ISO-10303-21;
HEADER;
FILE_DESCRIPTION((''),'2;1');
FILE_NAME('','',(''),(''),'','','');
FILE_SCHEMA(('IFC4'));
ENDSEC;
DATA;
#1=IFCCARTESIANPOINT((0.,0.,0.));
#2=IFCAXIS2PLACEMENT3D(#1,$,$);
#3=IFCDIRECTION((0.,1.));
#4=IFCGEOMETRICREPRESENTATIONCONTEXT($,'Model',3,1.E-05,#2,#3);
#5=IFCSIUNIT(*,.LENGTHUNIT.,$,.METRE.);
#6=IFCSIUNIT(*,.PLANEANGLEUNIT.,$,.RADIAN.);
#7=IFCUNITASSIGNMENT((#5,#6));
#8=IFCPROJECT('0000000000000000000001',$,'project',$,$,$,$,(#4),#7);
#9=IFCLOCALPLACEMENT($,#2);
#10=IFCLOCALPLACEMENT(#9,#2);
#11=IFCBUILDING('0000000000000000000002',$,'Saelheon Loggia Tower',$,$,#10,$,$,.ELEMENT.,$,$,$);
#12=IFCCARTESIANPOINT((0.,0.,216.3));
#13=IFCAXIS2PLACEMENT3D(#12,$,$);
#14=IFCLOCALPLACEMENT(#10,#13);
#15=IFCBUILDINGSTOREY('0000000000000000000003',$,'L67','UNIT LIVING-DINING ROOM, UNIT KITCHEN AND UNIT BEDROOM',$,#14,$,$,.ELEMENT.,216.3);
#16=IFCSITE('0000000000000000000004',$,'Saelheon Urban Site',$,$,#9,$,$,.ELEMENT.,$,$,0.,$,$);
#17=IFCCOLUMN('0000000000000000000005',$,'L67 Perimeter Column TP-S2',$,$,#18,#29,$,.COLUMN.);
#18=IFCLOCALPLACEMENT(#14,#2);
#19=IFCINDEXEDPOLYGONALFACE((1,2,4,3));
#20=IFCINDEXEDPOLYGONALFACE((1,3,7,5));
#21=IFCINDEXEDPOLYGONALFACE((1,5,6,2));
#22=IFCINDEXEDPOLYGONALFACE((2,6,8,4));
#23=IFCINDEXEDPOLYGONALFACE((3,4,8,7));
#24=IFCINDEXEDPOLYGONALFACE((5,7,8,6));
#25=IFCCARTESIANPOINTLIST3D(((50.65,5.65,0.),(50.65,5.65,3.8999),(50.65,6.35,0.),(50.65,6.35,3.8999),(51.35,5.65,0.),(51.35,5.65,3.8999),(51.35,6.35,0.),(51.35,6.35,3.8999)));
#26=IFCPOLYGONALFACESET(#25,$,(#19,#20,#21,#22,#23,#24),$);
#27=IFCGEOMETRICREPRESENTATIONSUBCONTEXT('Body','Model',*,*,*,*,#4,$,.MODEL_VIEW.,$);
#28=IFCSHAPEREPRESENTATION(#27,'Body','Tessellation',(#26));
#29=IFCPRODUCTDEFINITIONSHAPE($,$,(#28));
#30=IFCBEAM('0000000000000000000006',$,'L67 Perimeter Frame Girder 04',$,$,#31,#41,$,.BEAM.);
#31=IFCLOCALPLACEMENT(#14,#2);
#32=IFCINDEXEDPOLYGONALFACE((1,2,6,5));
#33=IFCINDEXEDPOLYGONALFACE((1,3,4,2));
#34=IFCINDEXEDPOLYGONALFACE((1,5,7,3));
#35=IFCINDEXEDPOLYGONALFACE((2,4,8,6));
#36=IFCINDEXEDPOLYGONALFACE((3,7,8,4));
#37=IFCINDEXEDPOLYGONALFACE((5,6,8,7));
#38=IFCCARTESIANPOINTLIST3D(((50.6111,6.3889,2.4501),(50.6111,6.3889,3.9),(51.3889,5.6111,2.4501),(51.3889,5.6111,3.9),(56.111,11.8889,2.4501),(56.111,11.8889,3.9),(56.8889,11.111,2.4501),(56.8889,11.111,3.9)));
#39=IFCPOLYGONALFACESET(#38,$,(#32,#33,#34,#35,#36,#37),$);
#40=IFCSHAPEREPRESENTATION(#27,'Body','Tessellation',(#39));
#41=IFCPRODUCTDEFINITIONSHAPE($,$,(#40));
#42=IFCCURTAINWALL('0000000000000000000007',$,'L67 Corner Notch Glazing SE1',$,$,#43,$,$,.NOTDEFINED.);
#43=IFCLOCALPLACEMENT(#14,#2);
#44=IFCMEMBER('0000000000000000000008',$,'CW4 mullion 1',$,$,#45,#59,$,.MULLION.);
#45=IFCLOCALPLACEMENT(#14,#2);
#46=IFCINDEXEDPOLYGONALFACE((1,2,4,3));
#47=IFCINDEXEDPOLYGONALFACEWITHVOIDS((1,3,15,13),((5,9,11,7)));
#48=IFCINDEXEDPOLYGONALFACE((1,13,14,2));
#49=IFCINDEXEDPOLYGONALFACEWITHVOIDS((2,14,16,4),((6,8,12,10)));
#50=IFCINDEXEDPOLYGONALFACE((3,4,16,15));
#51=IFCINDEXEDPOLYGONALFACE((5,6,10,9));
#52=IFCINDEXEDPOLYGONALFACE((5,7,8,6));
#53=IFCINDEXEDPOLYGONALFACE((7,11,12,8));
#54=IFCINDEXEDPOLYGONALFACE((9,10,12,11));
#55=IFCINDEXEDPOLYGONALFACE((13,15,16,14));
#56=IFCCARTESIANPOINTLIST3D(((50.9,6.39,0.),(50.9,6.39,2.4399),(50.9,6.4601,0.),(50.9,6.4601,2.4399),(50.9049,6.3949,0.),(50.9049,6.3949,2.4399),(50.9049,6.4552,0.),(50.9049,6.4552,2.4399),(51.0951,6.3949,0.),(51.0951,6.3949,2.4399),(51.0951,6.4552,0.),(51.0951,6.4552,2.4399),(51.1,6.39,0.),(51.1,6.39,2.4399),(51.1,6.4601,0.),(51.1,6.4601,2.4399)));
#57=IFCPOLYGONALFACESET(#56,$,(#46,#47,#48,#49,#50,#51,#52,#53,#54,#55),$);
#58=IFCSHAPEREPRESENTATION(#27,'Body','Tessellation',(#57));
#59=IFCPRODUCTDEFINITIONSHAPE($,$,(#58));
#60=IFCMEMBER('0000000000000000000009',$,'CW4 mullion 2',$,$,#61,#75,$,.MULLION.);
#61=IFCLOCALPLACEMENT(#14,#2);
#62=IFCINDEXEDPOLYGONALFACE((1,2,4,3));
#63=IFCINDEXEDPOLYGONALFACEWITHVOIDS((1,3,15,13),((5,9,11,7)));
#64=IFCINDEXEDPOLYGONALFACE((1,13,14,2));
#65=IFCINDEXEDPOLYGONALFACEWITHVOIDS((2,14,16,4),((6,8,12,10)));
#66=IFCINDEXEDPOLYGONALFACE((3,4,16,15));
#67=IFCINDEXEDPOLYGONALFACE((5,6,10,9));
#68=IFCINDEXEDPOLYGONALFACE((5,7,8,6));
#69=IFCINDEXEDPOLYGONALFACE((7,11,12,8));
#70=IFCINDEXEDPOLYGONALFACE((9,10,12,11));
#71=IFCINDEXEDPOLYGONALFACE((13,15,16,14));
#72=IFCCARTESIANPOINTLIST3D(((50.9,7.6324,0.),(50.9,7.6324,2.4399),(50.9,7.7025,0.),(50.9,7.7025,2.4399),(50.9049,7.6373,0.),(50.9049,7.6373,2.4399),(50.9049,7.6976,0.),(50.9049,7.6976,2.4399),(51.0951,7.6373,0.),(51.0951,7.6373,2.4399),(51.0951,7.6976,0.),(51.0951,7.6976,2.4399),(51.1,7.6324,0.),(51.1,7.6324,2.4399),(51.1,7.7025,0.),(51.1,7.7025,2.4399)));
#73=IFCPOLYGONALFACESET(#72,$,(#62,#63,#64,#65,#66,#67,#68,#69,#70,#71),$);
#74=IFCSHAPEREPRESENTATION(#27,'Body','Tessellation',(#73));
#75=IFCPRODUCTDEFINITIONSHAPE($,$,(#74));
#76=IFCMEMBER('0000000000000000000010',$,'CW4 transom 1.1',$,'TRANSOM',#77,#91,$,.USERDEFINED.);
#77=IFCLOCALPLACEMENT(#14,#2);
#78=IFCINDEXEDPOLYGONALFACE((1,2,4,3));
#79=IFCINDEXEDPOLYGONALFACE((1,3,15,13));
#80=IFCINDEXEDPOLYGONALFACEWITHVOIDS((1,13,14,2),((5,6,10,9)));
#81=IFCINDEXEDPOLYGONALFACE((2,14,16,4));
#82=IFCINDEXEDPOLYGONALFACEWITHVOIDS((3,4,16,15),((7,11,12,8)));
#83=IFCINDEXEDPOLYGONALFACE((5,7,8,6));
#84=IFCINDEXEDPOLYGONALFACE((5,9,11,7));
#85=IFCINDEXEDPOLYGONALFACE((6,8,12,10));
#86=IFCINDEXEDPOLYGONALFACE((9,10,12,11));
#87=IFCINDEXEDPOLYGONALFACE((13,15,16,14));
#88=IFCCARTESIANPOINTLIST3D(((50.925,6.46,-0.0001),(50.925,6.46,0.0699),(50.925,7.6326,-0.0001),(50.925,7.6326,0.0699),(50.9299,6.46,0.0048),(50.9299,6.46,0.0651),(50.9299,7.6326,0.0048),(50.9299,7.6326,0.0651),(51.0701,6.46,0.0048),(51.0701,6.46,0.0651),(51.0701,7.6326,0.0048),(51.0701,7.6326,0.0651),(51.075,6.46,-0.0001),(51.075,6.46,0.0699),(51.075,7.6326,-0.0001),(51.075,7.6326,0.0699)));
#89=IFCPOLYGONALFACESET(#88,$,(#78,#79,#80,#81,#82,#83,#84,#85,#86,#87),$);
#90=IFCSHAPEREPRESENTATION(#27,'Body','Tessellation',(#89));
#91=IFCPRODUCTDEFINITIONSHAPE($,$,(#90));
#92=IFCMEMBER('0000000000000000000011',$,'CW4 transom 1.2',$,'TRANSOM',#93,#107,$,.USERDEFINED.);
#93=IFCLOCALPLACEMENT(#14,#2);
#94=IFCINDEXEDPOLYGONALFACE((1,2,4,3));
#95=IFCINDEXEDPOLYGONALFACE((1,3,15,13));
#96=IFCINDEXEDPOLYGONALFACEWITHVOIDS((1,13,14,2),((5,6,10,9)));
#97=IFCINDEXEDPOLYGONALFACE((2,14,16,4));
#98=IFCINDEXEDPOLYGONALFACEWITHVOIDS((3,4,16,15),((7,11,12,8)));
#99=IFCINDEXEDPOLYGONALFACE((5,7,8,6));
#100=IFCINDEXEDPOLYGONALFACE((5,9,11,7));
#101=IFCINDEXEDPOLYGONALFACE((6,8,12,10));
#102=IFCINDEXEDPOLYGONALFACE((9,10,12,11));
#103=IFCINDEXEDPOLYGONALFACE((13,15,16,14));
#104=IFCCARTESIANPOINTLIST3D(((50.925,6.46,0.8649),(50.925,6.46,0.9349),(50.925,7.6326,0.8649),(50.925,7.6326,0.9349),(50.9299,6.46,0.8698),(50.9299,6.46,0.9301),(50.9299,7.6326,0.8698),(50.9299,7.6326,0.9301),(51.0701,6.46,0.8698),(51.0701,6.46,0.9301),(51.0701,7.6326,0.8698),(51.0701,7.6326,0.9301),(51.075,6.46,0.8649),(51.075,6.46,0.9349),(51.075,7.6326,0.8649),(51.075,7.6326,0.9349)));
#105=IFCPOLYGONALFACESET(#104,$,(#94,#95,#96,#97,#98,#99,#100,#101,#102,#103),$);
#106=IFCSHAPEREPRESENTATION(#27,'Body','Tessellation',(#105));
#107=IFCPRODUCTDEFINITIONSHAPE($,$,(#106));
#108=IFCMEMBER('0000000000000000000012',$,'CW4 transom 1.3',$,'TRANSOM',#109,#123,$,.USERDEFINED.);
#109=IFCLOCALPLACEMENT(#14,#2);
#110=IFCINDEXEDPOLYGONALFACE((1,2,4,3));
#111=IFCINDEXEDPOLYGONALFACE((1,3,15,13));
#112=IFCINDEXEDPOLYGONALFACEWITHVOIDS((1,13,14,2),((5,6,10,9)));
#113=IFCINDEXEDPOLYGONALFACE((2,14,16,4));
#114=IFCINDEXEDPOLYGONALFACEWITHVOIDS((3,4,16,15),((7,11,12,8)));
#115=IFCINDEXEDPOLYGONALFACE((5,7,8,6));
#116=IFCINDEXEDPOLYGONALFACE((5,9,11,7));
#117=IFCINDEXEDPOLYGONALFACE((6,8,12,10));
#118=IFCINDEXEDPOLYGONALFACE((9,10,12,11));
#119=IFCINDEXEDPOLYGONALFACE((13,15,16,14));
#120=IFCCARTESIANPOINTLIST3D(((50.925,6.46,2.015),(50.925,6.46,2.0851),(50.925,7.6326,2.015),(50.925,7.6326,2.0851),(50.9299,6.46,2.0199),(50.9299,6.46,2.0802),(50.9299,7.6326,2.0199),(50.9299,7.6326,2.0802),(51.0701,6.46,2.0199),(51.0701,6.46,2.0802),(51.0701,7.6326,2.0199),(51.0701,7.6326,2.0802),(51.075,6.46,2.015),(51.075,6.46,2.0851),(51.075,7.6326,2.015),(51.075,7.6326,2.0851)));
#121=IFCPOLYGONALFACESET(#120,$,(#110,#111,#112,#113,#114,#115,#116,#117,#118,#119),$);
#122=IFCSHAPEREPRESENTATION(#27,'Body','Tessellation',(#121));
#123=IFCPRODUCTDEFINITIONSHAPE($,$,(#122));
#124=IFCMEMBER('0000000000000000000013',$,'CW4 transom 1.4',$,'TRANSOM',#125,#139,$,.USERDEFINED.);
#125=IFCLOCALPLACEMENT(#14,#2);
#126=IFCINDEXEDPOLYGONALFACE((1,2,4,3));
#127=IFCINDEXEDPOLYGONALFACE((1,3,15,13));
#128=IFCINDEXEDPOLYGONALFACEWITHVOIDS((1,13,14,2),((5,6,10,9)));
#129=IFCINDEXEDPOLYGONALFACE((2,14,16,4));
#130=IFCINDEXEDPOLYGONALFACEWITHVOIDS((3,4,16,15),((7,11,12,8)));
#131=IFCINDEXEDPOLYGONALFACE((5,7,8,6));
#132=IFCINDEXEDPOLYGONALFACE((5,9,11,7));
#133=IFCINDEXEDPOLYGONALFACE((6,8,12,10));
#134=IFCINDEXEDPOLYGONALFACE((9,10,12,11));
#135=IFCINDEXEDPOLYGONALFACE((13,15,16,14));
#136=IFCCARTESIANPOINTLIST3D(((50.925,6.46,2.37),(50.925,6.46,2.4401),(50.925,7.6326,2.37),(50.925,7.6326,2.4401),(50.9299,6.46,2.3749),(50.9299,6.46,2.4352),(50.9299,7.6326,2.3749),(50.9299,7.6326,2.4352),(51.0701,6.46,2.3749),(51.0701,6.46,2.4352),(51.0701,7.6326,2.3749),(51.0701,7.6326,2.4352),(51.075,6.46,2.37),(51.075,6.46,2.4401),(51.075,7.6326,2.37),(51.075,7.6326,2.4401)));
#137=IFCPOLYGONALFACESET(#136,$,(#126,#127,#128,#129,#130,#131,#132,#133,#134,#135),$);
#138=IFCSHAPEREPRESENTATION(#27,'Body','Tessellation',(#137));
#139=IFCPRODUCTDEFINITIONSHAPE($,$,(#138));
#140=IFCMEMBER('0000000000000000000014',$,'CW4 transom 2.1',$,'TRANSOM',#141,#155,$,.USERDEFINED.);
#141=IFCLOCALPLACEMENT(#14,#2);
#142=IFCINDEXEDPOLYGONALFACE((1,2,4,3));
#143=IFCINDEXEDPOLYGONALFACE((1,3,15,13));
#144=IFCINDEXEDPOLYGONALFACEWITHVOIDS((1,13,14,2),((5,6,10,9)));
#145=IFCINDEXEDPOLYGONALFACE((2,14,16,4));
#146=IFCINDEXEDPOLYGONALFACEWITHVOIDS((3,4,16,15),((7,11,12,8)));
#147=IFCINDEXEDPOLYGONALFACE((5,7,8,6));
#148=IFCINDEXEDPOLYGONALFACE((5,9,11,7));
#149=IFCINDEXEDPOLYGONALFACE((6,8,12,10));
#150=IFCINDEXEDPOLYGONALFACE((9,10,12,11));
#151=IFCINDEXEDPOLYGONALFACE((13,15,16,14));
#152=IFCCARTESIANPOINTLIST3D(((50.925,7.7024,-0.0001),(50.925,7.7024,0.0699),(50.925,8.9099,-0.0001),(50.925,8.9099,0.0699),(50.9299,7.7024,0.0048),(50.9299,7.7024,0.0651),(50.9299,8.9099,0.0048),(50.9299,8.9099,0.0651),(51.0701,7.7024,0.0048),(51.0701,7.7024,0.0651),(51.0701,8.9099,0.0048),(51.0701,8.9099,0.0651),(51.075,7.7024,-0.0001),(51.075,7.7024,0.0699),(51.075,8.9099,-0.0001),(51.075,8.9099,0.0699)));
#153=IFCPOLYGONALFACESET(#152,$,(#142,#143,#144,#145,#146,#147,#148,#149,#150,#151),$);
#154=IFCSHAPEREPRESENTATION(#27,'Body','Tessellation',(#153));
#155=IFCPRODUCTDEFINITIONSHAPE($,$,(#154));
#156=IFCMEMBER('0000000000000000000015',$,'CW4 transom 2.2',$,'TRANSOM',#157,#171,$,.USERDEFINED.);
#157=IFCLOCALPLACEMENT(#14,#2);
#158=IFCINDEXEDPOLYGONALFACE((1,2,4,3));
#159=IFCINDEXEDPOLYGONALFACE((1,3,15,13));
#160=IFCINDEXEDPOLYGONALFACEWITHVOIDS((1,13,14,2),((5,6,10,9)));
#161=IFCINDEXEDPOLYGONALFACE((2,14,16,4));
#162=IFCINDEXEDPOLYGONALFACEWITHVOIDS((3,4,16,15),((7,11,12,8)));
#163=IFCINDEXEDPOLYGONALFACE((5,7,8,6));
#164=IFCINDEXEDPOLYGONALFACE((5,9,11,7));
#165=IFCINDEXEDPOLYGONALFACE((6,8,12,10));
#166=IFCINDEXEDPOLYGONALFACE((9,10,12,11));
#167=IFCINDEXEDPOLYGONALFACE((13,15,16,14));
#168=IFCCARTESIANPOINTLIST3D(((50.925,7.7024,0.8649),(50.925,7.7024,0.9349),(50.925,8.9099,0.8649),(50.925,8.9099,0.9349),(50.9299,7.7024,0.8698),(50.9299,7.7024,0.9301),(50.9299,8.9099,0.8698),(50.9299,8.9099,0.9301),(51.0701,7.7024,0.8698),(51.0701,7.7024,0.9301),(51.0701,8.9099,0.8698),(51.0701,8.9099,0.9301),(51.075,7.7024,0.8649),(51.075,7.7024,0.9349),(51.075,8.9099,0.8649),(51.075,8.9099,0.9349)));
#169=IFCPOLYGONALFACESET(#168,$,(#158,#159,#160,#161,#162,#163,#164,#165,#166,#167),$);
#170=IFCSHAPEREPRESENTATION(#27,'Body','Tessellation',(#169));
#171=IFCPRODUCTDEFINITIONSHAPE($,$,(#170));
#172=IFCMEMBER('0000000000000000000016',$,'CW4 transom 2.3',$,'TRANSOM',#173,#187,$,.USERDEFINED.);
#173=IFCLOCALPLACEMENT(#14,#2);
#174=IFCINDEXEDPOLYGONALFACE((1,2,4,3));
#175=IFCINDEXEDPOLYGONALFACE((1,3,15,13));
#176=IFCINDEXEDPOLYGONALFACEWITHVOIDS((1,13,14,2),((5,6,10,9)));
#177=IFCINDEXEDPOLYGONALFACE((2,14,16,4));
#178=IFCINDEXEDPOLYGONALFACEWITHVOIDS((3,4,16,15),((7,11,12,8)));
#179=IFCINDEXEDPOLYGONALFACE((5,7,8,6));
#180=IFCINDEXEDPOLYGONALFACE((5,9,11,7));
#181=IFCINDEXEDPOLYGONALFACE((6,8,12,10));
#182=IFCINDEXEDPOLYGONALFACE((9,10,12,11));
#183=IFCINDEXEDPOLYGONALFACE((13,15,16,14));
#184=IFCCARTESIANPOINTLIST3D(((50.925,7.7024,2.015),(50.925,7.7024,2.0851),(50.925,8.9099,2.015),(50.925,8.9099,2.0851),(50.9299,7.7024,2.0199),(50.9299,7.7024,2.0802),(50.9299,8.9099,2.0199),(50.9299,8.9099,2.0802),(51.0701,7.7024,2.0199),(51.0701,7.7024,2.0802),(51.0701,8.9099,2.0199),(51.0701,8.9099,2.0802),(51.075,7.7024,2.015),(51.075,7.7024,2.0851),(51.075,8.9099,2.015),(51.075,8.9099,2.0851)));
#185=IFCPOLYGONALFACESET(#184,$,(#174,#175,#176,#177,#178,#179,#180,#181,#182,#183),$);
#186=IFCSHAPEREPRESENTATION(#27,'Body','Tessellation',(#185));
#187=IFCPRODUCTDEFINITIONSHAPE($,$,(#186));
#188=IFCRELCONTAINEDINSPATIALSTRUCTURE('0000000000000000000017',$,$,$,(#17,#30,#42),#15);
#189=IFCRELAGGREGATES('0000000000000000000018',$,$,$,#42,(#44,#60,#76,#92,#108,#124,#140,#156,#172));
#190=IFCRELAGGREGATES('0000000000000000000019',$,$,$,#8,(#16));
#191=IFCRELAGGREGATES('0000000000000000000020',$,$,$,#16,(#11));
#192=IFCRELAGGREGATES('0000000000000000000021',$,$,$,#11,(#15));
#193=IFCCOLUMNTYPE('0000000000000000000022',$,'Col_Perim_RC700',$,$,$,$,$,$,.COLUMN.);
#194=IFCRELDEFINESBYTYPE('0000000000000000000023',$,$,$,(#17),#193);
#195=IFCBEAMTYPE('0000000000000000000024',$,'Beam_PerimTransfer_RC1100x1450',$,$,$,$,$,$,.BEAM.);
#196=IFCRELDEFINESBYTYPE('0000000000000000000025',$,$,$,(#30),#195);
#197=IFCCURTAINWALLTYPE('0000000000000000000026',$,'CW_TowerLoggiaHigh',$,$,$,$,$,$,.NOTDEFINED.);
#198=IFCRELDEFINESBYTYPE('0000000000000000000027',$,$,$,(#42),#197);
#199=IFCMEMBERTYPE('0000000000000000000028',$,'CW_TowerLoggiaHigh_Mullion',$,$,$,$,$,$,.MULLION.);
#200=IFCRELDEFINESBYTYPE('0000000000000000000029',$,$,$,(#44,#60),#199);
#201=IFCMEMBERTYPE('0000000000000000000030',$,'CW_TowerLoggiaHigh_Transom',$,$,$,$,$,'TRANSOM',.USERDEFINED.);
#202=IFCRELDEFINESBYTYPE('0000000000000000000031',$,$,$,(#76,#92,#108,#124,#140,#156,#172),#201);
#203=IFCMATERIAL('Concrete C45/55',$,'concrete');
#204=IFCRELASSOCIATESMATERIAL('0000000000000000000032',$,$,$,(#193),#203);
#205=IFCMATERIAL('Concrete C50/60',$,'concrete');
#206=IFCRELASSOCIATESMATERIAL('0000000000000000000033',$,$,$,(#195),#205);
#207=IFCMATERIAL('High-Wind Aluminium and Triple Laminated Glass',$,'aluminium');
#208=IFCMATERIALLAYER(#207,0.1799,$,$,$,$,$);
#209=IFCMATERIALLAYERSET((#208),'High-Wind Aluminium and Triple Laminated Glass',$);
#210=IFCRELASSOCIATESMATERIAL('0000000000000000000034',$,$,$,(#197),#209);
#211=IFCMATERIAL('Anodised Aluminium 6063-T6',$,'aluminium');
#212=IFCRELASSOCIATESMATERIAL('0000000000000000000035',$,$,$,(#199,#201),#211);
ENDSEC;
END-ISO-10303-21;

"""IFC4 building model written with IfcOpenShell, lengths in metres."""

from ifc_helpers import new_model, si_unit, direction, frame, origin, origin_2d, place, context, subcontext, project, spatial, rectangle, hollow_rectangle, extrude, source, transform, mapped, material, layer, layer_set, material_profile, profile_set, type_object, element, aggregate, save


model = new_model("IFC4")

# Units and contexts
model_context = context("Model", 3, precision=1e-05, world=origin(), true_north=direction((0.0, 1.0)))
body_context = subcontext(model_context, "Body", "Model", "MODEL_VIEW")
ifc_project = project(units=[si_unit("LENGTHUNIT", "METRE"), si_unit("PLANEANGLEUNIT", "RADIAN")], contexts=[model_context])

# Site, building, storey
site_placement = place(None, origin())
site = spatial("IfcSite", under=ifc_project, at=site_placement, Name="Saelheon Urban Site", CompositionType="ELEMENT", RefElevation=0.0)
building_placement = place(site_placement, origin())
building = spatial("IfcBuilding", under=site, at=building_placement, Name="Saelheon Loggia Tower", CompositionType="ELEMENT")
storey_placement = place(building_placement, frame((0.0, 0.0, 216.3)))
storey = spatial("IfcBuildingStorey", under=building, at=storey_placement, Name="L67", Description="UNIT LIVING-DINING ROOM, UNIT KITCHEN AND UNIT BEDROOM", CompositionType="ELEMENT", Elevation=216.3)

# Column
ifc_material_1 = material(Name="Concrete C45/55", Category="concrete")
ifc_material_profile_1 = material_profile(ifc_material_1, rectangle(XDim=0.7, YDim=0.7, at=origin_2d()), Name="RC-700x700")
ifc_profile_set_1 = profile_set([ifc_material_profile_1], Name="Concrete C45/55")
column_type = type_object("IfcColumnType", Name="Col_Perim_RC700", PredefinedType="COLUMN", material=ifc_profile_set_1)
shared_shape_1 = source(origin(), body_context, "Body", "SweptSolid", [
    extrude(rectangle(XDim=0.7, YDim=0.7, at=origin_2d()), origin(), (0.0, 0.0, 1.0), 3.8999),
])
column_placement = place(storey_placement, frame((51.0, 6.0, 0.0), z_axis=(0.0, 0.0, 1.0), x_axis=(1.0, 0.0, 0.0)))
element("IfcColumn", 1, at=column_placement, inside=storey, type_object=column_type, Name="L67 Perimeter Column TP-S2", PredefinedType="COLUMN", context=body_context, shape_type="MappedRepresentation", body=[
    mapped(shared_shape_1, transform((0.0, 0.0, 0.0), scale=1.0)),
])

# Beam
ifc_material_2 = material(Name="Concrete C50/60", Category="concrete")
ifc_material_profile_2 = material_profile(ifc_material_2, rectangle(XDim=1.1001, YDim=1.45, at=origin_2d()), Name="RC-1100x1450")
ifc_profile_set_2 = profile_set([ifc_material_profile_2], Name="Concrete C50/60")
beam_type = type_object("IfcBeamType", Name="Beam_PerimTransfer_RC1100x1450", PredefinedType="BEAM", material=ifc_profile_set_2)
shared_shape_2 = source(origin(), body_context, "Body", "SweptSolid", [
    extrude(rectangle(XDim=1.1001, YDim=1.45, at=origin_2d()), origin(), (0.0, 0.0, 1.0), 7.7781),
])
beam_placement = place(storey_placement, frame((51.0, 6.0, 3.175), z_axis=(0.707107, 0.707107, 0.0), x_axis=(-0.707107, 0.707107, 0.0)))
element("IfcBeam", 2, at=beam_placement, inside=storey, type_object=beam_type, Name="L67 Perimeter Frame Girder 04", PredefinedType="BEAM", context=body_context, shape_type="MappedRepresentation", body=[
    mapped(shared_shape_2, transform((0.0, 0.0, 0.0), scale=1.0)),
])

# Curtain wall, members
ifc_material_3 = material(Name="High-Wind Aluminium and Triple Laminated Glass", Category="aluminium")
ifc_layer_1 = layer(ifc_material_3, 0.1799)
ifc_layer_set_1 = layer_set([ifc_layer_1], Name="High-Wind Aluminium and Triple Laminated Glass")
curtain_wall_type = type_object("IfcCurtainWallType", Name="CW_TowerLoggiaHigh", PredefinedType="NOTDEFINED", material=ifc_layer_set_1)
curtain_wall_placement = place(storey_placement, origin())
curtain_wall = element("IfcCurtainWall", 3, at=curtain_wall_placement, inside=storey, type_object=curtain_wall_type, Name="L67 Corner Notch Glazing SE1", PredefinedType="NOTDEFINED")
ifc_material_4 = material(Name="Anodised Aluminium 6063-T6", Category="aluminium")
ifc_material_profile_3 = material_profile(ifc_material_4, hollow_rectangle(XDim=0.0701, YDim=0.2, WallThickness=0.0049, at=origin_2d()), Name="RHS-200x70x5")
ifc_profile_set_3 = profile_set([ifc_material_profile_3], Name="Anodised Aluminium 6063-T6")
member_type_1 = type_object("IfcMemberType", Name="CW_TowerLoggiaHigh_Mullion", PredefinedType="MULLION", material=ifc_profile_set_3)
shared_shape_3 = source(origin(), body_context, "Body", "SweptSolid", [
    extrude(hollow_rectangle(XDim=0.0701, YDim=0.2, WallThickness=0.0049, at=origin_2d()), origin(), (0.0, 0.0, 1.0), 2.4399),
])
member_1_placement = place(storey_placement, frame((51.0, 6.425, 0.0), z_axis=(0.0, 0.0, 1.0), x_axis=(0.0, 1.0, 0.0)))
member_1 = element("IfcMember", 4, at=member_1_placement, type_object=member_type_1, Name="CW4 mullion 1", PredefinedType="MULLION", context=body_context, shape_type="MappedRepresentation", body=[
    mapped(shared_shape_3, transform((0.0, 0.0, 0.0), scale=1.0)),
])
member_2_placement = place(storey_placement, frame((51.0, 7.6675, 0.0), z_axis=(0.0, 0.0, 1.0), x_axis=(0.0, 1.0, 0.0)))
member_2 = element("IfcMember", 5, at=member_2_placement, type_object=member_type_1, Name="CW4 mullion 2", PredefinedType="MULLION", context=body_context, shape_type="MappedRepresentation", body=[
    mapped(shared_shape_3, transform((0.0, 0.0, 0.0), scale=1.0)),
])
ifc_material_profile_4 = material_profile(ifc_material_4, hollow_rectangle(XDim=0.0701, YDim=0.1499, WallThickness=0.0049, at=origin_2d()), Name="RHS-150x70x5")
ifc_profile_set_4 = profile_set([ifc_material_profile_4], Name="Anodised Aluminium 6063-T6")
member_type_2 = type_object("IfcMemberType", Name="CW_TowerLoggiaHigh_Transom", ElementType="TRANSOM", PredefinedType="USERDEFINED", material=ifc_profile_set_4)
shared_shape_4 = source(origin(), body_context, "Body", "SweptSolid", [
    extrude(hollow_rectangle(XDim=0.0701, YDim=0.1499, WallThickness=0.0049, at=origin_2d()), origin(), (0.0, 0.0, 1.0), 1.1726),
])
member_3_placement = place(storey_placement, frame((51.0, 6.46, 0.0349), z_axis=(0.0, 1.0, 0.0), x_axis=(0.0, 0.0, 1.0)))
member_3 = element("IfcMember", 6, at=member_3_placement, type_object=member_type_2, Name="CW4 transom 1.1", ObjectType="TRANSOM", PredefinedType="USERDEFINED", context=body_context, shape_type="MappedRepresentation", body=[
    mapped(shared_shape_4, transform((0.0, 0.0, 0.0), scale=1.0)),
])
member_4_placement = place(storey_placement, frame((51.0, 6.46, 0.8999), z_axis=(0.0, 1.0, 0.0), x_axis=(0.0, 0.0, 1.0)))
member_4 = element("IfcMember", 7, at=member_4_placement, type_object=member_type_2, Name="CW4 transom 1.2", ObjectType="TRANSOM", PredefinedType="USERDEFINED", context=body_context, shape_type="MappedRepresentation", body=[
    mapped(shared_shape_4, transform((0.0, 0.0, 0.0), scale=1.0)),
])
member_5_placement = place(storey_placement, frame((51.0, 6.46, 2.05), z_axis=(0.0, 1.0, 0.0), x_axis=(0.0, 0.0, 1.0)))
member_5 = element("IfcMember", 8, at=member_5_placement, type_object=member_type_2, Name="CW4 transom 1.3", ObjectType="TRANSOM", PredefinedType="USERDEFINED", context=body_context, shape_type="MappedRepresentation", body=[
    mapped(shared_shape_4, transform((0.0, 0.0, 0.0), scale=1.0)),
])
member_6_placement = place(storey_placement, frame((51.0, 6.46, 2.405), z_axis=(0.0, 1.0, 0.0), x_axis=(0.0, 0.0, 1.0)))
member_6 = element("IfcMember", 9, at=member_6_placement, type_object=member_type_2, Name="CW4 transom 1.4", ObjectType="TRANSOM", PredefinedType="USERDEFINED", context=body_context, shape_type="MappedRepresentation", body=[
    mapped(shared_shape_4, transform((0.0, 0.0, 0.0), scale=1.0)),
])
shared_shape_5 = source(origin(), body_context, "Body", "SweptSolid", [
    extrude(hollow_rectangle(XDim=0.0701, YDim=0.1499, WallThickness=0.0049, at=origin_2d()), origin(), (0.0, 0.0, 1.0), 1.2075),
])
member_7_placement = place(storey_placement, frame((51.0, 7.7024, 0.0349), z_axis=(0.0, 1.0, 0.0), x_axis=(0.0, 0.0, 1.0)))
member_7 = element("IfcMember", 10, at=member_7_placement, type_object=member_type_2, Name="CW4 transom 2.1", ObjectType="TRANSOM", PredefinedType="USERDEFINED", context=body_context, shape_type="MappedRepresentation", body=[
    mapped(shared_shape_5, transform((0.0, 0.0, 0.0), scale=1.0)),
])
member_8_placement = place(storey_placement, frame((51.0, 7.7024, 0.8999), z_axis=(0.0, 1.0, 0.0), x_axis=(0.0, 0.0, 1.0)))
member_8 = element("IfcMember", 11, at=member_8_placement, type_object=member_type_2, Name="CW4 transom 2.2", ObjectType="TRANSOM", PredefinedType="USERDEFINED", context=body_context, shape_type="MappedRepresentation", body=[
    mapped(shared_shape_5, transform((0.0, 0.0, 0.0), scale=1.0)),
])
member_9_placement = place(storey_placement, frame((51.0, 7.7024, 2.05), z_axis=(0.0, 1.0, 0.0), x_axis=(0.0, 0.0, 1.0)))
member_9 = element("IfcMember", 12, at=member_9_placement, type_object=member_type_2, Name="CW4 transom 2.3", ObjectType="TRANSOM", PredefinedType="USERDEFINED", context=body_context, shape_type="MappedRepresentation", body=[
    mapped(shared_shape_5, transform((0.0, 0.0, 0.0), scale=1.0)),
])
aggregate(curtain_wall, [member_1, member_2, member_3, member_4, member_5, member_6, member_7, member_8, member_9])

save(model, "model.ifc")
